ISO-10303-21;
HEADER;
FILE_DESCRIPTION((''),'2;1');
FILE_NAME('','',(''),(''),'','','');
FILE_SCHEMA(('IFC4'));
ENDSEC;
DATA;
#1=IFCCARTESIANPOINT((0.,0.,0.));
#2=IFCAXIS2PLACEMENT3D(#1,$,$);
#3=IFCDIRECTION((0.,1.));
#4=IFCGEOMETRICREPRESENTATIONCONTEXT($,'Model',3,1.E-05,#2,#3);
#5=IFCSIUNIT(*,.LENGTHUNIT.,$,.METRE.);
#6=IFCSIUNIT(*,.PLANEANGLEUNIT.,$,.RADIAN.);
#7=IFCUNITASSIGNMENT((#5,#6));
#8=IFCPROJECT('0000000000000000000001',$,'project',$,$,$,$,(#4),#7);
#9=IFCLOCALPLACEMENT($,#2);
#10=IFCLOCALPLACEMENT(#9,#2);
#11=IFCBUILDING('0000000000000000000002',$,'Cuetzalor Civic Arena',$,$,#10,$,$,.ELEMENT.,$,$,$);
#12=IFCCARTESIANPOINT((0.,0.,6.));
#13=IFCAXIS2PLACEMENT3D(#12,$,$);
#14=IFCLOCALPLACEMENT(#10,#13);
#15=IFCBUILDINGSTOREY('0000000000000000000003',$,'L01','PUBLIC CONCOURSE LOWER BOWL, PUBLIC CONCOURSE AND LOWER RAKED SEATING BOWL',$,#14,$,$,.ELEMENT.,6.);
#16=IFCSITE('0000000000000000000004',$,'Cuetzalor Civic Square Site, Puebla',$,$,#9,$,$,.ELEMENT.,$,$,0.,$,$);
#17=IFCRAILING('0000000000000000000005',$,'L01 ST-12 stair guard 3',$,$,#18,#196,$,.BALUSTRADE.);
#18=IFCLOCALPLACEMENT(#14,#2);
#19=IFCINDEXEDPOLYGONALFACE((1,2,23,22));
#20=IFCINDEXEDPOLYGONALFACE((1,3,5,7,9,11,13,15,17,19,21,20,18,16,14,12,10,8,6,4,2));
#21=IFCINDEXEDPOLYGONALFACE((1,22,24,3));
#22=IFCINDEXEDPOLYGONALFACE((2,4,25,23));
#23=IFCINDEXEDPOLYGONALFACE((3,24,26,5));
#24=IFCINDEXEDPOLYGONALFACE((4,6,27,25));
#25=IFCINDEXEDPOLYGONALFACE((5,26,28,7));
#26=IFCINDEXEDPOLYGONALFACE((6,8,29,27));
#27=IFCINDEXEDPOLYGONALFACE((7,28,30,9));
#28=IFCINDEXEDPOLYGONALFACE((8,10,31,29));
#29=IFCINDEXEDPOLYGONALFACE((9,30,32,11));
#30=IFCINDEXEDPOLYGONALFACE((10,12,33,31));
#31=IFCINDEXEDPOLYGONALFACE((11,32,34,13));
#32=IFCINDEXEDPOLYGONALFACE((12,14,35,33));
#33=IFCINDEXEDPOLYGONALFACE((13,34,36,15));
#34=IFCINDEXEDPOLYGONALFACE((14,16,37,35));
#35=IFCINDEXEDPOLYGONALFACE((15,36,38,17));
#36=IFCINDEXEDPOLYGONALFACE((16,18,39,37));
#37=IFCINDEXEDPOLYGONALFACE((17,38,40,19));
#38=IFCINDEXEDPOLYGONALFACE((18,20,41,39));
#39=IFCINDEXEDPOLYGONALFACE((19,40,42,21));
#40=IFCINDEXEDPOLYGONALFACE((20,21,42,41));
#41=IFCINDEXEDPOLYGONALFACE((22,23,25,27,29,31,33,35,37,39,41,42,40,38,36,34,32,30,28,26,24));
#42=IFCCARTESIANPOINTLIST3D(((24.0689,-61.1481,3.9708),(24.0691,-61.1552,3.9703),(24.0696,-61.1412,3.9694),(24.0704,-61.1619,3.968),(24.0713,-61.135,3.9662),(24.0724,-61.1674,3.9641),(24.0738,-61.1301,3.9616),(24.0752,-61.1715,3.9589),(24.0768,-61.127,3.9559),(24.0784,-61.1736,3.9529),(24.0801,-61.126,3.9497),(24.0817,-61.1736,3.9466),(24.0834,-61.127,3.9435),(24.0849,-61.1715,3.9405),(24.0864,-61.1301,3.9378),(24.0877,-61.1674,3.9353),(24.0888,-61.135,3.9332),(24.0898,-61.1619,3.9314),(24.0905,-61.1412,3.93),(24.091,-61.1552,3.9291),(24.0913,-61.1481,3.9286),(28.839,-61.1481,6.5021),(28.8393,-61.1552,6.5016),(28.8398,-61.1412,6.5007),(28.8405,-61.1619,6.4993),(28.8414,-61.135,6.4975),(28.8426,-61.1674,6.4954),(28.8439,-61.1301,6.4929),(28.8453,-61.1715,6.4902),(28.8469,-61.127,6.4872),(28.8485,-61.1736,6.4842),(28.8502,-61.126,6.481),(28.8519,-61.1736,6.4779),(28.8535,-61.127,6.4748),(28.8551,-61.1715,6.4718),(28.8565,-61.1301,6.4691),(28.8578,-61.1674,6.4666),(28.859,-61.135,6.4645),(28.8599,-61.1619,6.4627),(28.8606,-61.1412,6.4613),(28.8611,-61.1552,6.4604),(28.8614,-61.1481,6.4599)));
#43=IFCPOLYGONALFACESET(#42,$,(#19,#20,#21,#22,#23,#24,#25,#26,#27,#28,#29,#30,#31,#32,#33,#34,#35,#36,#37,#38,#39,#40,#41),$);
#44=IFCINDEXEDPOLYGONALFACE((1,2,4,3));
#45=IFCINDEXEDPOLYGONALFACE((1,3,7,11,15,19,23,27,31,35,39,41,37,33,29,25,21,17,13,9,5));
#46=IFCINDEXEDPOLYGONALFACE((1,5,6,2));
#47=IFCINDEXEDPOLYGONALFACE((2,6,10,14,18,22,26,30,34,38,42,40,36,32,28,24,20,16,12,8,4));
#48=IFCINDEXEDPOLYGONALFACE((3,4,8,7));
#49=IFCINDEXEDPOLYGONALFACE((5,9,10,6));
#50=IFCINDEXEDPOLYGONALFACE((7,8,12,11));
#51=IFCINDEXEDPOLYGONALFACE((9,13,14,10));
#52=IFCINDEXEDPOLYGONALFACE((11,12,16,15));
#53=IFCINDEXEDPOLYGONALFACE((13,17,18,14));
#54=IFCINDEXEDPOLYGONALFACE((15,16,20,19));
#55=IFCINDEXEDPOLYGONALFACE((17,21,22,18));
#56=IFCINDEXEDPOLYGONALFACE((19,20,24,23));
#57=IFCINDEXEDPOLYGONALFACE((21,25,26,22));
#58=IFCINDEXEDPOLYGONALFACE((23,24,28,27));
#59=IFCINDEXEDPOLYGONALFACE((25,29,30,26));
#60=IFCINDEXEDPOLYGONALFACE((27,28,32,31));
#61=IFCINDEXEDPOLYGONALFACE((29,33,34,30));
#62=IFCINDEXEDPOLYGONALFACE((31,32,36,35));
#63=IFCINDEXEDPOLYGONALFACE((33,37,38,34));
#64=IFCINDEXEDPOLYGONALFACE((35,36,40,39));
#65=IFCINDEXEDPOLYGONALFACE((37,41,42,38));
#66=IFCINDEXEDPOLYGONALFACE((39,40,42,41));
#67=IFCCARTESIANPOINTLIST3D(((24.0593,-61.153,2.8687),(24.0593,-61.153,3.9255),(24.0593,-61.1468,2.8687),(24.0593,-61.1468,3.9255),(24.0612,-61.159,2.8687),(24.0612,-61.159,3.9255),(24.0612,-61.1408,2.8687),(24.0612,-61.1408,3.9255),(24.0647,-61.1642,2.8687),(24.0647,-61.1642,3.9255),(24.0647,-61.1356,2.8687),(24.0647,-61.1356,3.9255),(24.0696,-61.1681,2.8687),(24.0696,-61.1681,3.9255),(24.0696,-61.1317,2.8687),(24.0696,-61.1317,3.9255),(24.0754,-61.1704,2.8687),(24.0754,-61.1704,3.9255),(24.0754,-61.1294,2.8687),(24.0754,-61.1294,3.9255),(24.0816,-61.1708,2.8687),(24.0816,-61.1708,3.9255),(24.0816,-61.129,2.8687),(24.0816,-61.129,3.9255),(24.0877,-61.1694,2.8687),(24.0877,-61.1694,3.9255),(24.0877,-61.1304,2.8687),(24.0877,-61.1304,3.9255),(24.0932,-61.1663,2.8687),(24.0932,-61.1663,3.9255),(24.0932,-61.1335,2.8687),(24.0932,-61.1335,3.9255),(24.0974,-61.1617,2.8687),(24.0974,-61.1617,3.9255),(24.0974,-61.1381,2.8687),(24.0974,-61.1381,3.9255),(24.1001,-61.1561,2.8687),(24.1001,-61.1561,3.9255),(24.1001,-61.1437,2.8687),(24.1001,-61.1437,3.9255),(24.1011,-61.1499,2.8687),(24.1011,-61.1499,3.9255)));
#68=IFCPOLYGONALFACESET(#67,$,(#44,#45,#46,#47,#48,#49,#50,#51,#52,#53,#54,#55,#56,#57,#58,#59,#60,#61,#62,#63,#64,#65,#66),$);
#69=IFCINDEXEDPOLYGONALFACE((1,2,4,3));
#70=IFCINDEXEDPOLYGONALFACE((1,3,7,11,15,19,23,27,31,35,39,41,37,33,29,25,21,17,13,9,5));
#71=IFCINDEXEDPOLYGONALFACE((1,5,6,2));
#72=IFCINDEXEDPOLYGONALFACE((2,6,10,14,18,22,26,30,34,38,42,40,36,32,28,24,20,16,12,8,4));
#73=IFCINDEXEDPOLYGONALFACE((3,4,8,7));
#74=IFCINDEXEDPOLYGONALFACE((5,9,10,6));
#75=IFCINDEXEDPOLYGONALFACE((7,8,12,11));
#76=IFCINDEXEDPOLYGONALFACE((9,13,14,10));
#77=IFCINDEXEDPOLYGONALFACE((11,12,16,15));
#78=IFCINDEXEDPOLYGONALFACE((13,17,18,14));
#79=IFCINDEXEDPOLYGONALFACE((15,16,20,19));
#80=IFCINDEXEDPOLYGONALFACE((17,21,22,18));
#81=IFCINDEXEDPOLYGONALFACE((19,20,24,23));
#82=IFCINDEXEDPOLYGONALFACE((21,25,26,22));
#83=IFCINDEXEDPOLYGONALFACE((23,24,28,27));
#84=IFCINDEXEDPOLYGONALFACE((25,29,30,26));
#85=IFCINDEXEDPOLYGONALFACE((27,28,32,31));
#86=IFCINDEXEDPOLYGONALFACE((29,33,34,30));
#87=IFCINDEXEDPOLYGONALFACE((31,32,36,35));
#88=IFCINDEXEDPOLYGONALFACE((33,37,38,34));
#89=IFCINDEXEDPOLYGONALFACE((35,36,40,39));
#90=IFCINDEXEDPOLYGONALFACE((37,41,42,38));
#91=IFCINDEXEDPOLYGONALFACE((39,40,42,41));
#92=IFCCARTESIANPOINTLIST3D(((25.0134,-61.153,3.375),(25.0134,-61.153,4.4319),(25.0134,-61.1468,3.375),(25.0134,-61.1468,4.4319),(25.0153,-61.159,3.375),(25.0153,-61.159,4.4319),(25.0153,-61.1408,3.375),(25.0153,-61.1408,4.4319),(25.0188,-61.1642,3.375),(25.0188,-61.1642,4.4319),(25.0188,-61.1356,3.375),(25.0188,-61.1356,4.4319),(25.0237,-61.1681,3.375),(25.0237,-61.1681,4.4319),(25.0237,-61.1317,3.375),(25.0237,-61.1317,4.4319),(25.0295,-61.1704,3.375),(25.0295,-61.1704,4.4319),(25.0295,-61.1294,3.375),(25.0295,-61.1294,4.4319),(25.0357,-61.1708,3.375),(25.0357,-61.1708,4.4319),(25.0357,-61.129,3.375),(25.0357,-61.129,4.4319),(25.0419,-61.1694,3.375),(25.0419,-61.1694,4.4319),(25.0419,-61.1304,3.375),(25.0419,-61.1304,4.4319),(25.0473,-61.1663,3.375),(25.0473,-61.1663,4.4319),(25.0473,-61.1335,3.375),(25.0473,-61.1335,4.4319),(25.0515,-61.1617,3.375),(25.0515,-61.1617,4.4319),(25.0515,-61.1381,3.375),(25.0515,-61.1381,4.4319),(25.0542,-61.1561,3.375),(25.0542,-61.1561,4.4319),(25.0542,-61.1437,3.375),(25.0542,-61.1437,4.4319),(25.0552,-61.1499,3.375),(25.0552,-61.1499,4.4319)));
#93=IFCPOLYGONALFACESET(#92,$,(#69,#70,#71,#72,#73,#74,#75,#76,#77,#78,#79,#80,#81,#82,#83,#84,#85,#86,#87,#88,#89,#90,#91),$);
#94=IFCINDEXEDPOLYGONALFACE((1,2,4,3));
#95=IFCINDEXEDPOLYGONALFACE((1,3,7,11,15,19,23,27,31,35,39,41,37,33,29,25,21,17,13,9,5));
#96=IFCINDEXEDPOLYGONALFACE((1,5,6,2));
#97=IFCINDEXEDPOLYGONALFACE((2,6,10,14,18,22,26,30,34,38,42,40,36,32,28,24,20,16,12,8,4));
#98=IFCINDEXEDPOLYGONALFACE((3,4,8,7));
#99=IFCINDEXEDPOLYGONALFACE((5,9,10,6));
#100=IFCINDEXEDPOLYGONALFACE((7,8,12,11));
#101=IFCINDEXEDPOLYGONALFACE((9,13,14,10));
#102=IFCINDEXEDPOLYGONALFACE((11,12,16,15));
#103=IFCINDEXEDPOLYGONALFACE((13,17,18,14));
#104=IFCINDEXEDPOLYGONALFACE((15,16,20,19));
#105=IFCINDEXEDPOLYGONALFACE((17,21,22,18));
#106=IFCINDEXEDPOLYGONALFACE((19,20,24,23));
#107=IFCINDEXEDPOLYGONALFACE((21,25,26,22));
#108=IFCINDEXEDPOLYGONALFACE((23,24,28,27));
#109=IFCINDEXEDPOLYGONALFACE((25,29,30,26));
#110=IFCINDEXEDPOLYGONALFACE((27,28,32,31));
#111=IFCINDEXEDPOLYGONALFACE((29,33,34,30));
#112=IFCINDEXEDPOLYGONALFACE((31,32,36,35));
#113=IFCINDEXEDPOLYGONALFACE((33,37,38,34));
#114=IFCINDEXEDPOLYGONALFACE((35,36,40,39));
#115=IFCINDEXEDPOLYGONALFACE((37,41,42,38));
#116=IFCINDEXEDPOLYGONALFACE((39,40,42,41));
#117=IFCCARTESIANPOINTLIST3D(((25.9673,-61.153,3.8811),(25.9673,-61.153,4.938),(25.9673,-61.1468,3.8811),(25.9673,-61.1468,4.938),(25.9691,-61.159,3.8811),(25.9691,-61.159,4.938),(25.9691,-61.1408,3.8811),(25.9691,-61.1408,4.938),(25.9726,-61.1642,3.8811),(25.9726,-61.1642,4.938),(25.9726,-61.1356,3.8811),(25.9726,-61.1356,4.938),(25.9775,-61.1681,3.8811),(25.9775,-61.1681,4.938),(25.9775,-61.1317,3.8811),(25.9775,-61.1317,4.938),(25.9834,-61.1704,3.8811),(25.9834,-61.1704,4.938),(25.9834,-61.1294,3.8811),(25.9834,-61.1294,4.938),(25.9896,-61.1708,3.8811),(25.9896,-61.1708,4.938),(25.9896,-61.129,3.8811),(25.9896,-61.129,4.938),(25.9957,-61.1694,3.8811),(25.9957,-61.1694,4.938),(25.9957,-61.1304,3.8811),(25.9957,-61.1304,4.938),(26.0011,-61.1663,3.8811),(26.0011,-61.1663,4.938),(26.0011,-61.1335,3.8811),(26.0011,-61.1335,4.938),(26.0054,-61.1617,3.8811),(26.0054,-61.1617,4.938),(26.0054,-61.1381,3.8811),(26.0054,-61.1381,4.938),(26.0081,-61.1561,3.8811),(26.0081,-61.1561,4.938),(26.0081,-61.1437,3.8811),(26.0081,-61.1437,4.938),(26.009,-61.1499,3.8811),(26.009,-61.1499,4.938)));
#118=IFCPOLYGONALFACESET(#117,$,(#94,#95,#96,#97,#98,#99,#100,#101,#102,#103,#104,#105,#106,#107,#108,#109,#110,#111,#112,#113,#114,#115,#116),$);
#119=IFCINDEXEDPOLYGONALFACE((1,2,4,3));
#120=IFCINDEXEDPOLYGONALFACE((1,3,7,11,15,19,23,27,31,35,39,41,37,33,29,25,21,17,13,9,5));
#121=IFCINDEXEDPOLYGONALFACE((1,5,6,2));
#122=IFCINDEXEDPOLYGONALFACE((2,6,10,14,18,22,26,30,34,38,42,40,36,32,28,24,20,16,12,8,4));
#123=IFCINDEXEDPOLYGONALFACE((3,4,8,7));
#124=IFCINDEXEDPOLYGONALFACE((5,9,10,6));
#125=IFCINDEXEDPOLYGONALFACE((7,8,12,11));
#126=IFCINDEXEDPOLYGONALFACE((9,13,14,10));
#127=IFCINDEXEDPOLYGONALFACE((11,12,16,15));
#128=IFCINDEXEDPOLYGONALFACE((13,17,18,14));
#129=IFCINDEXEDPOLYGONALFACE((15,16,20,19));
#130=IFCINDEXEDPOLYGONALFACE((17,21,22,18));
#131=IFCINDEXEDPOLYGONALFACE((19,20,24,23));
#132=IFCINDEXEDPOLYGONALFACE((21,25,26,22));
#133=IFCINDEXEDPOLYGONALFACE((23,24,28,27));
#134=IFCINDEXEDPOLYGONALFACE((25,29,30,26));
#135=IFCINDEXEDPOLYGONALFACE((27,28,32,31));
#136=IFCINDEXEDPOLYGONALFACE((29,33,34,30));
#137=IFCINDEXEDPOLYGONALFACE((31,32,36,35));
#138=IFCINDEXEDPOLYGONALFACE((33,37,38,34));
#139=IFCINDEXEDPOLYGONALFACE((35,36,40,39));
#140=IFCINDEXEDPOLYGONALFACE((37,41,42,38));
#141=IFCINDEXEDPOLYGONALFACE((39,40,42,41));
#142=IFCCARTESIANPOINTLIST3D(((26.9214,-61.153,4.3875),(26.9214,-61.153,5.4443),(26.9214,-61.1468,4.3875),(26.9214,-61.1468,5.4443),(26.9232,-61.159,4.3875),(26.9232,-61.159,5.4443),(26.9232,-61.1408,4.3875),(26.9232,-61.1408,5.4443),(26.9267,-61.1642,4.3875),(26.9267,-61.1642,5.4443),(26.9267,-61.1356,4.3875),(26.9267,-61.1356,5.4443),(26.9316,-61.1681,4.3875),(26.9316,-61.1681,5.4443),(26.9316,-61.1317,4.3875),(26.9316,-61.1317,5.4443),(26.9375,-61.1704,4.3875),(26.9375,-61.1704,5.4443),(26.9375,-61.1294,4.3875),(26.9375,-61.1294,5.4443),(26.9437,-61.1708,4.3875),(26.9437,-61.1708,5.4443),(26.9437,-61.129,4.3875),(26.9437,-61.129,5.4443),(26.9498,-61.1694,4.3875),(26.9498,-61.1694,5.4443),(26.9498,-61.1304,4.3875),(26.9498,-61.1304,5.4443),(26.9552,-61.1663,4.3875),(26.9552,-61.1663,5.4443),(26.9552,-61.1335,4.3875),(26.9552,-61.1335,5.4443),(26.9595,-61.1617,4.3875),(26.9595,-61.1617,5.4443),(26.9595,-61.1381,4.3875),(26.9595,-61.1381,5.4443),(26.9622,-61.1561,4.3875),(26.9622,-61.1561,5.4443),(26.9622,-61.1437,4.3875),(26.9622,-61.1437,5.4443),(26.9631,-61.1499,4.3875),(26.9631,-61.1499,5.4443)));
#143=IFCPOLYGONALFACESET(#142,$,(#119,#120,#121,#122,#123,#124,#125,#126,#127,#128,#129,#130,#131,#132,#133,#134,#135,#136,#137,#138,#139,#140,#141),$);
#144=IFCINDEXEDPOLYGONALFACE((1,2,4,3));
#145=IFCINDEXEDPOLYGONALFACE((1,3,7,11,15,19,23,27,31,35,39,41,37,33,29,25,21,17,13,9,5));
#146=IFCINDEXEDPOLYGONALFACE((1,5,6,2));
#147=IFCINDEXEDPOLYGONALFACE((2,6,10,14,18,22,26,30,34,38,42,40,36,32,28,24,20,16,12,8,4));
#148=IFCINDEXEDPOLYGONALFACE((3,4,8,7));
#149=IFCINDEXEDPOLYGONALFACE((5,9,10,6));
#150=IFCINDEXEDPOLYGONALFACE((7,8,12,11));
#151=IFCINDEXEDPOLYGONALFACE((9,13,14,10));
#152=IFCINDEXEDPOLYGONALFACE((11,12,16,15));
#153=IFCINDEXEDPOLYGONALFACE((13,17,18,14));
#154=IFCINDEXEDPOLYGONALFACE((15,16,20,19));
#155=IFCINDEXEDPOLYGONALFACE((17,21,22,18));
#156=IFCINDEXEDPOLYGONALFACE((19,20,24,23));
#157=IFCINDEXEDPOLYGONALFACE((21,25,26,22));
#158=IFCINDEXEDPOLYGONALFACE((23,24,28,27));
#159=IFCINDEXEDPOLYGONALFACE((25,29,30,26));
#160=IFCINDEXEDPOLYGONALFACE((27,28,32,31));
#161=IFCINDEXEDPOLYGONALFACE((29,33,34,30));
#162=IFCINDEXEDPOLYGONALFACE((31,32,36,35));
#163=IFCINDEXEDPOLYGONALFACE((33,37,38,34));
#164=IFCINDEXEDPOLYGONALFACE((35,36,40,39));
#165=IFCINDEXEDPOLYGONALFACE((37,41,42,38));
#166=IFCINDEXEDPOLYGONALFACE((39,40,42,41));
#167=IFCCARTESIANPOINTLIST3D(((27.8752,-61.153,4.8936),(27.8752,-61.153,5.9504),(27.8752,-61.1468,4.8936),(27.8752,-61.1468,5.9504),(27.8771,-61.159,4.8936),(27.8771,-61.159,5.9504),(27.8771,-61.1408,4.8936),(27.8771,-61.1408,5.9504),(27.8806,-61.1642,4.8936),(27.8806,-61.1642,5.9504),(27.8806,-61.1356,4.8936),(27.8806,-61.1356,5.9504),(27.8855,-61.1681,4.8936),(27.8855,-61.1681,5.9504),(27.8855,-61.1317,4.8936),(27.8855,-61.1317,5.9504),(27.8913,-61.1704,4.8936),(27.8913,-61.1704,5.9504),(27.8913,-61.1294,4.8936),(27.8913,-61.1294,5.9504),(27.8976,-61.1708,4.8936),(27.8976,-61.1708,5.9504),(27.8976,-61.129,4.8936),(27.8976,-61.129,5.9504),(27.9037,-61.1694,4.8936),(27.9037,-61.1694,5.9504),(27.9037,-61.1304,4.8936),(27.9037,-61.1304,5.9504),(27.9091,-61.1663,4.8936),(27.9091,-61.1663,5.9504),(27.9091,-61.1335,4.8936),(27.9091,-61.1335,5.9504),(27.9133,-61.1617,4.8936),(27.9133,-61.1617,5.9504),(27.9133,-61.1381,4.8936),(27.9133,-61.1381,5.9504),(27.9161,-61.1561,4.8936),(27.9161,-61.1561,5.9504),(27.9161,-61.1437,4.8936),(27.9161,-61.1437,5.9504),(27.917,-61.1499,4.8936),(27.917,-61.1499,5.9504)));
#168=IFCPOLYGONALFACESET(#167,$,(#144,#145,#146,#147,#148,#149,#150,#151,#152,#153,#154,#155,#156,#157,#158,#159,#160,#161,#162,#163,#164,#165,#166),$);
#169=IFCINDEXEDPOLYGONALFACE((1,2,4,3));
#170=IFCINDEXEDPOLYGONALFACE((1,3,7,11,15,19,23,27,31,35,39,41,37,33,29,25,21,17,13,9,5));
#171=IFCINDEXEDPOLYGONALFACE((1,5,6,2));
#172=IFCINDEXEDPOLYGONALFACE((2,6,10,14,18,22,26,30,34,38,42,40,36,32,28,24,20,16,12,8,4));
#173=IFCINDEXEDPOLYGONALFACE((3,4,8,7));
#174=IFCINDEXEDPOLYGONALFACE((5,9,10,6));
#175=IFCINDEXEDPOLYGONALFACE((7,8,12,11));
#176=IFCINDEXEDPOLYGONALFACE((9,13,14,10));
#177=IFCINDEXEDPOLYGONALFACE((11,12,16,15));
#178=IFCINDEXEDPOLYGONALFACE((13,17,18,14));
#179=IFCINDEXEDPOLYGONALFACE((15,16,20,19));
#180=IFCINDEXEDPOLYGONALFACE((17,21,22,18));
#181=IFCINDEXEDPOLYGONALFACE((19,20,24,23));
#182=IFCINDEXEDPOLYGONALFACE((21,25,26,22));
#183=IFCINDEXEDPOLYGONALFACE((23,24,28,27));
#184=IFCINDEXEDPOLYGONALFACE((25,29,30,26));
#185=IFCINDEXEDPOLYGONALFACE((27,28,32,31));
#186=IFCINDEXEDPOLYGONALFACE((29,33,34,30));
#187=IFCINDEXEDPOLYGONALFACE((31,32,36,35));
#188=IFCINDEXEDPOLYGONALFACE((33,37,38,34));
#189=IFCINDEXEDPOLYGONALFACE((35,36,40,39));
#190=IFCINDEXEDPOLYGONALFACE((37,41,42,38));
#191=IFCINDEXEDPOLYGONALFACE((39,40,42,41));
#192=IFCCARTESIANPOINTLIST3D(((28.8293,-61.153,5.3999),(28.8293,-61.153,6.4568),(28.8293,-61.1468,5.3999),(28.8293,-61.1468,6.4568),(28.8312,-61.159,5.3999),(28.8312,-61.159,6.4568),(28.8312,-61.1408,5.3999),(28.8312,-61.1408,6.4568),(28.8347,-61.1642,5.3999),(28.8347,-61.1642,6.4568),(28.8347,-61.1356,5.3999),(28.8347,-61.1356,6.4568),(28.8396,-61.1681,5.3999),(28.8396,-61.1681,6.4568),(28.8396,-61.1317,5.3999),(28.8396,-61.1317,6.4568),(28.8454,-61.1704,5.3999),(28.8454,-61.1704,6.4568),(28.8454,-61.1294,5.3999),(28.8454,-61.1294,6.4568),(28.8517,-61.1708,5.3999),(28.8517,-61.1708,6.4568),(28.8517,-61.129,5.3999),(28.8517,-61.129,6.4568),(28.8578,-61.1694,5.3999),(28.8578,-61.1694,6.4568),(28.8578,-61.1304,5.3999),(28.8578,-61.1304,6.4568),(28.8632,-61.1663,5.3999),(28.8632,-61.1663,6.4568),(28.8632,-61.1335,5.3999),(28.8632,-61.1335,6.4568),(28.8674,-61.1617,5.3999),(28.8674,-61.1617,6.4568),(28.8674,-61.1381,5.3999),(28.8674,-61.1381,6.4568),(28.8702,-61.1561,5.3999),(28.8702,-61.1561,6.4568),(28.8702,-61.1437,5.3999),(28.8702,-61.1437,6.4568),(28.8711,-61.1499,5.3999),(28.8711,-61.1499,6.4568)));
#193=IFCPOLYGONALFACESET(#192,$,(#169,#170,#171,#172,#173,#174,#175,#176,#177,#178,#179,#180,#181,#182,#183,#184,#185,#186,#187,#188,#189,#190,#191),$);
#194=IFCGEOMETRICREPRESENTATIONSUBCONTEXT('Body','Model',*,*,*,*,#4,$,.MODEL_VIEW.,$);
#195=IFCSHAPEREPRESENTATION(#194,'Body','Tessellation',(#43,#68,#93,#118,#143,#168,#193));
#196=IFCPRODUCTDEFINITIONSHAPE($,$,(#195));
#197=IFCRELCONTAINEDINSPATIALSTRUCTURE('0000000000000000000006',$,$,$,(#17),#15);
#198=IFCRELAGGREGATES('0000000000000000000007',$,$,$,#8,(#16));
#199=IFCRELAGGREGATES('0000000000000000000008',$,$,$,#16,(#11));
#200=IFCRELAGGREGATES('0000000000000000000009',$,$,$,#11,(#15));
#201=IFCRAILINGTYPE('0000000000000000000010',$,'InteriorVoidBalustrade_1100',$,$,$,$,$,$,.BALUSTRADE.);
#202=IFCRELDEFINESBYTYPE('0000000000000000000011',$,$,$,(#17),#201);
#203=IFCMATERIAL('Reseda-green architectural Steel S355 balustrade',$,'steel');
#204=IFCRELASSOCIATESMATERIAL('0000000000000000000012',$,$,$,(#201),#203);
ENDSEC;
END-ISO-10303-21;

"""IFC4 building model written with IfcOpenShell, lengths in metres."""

from ifc_helpers import new_model, si_unit, direction, frame, origin, origin_2d, place, context, subcontext, project, spatial, circle, extrude, material, type_object, element, save


model = new_model("IFC4")

# Units and contexts
model_context = context("Model", 3, precision=1e-05, world=origin(), true_north=direction((0.0, 1.0)))
body_context = subcontext(model_context, "Body", "Model", "MODEL_VIEW")
ifc_project = project(units=[si_unit("LENGTHUNIT", "METRE"), si_unit("PLANEANGLEUNIT", "RADIAN")], contexts=[model_context])

# Site, building, storey
site_placement = place(None, origin())
site = spatial("IfcSite", under=ifc_project, at=site_placement, Name="Cuetzalor Civic Square Site, Puebla", CompositionType="ELEMENT", RefElevation=0.0)
building_placement = place(site_placement, origin())
building = spatial("IfcBuilding", under=site, at=building_placement, Name="Cuetzalor Civic Arena", CompositionType="ELEMENT")
storey_placement = place(building_placement, frame((0.0, 0.0, 6.0)))
storey = spatial("IfcBuildingStorey", under=building, at=storey_placement, Name="L01", Description="PUBLIC CONCOURSE LOWER BOWL, PUBLIC CONCOURSE AND LOWER RAKED SEATING BOWL", CompositionType="ELEMENT", Elevation=6.0)

# Railing
ifc_material_1 = material(Name="Reseda-green architectural Steel S355 balustrade", Category="steel")
railing_type_1 = type_object("IfcRailingType", Name="InteriorVoidBalustrade_1100", PredefinedType="BALUSTRADE", material=ifc_material_1)
railing_1_placement = place(storey_placement, frame((24.0801, -61.1499, 2.8687)))
element("IfcRailing", 1, at=railing_1_placement, inside=storey, type_object=railing_type_1, Name="L01 ST-12 stair guard 3", PredefinedType="BALUSTRADE", context=body_context, shape_type="SweptSolid", body=[
    extrude(circle(Radius=0.0239, at=origin_2d()), frame((0.0, 0.0, 1.0811), z_axis=(0.883332, 0.0, 0.468747), x_axis=(0.0, 1.0, 0.0)), (0.0, 0.0, 1.0), 5.4001),
    extrude(circle(Radius=0.021, at=origin_2d()), origin(), (0.0, 0.0, 1.0), 1.0569),
    extrude(circle(Radius=0.021, at=origin_2d()), frame((0.9541, 0.0, 0.5063)), (0.0, 0.0, 1.0), 1.0569),
    extrude(circle(Radius=0.021, at=origin_2d()), frame((1.908, 0.0, 1.0125)), (0.0, 0.0, 1.0), 1.0569),
    extrude(circle(Radius=0.021, at=origin_2d()), frame((2.8621, 0.0, 1.5188)), (0.0, 0.0, 1.0), 1.0569),
    extrude(circle(Radius=0.021, at=origin_2d()), frame((3.8159, 0.0, 2.0249)), (0.0, 0.0, 1.0), 1.0569),
    extrude(circle(Radius=0.021, at=origin_2d()), frame((4.77, 0.0, 2.5312)), (0.0, 0.0, 1.0), 1.0569),
])

save(model, "model.ifc")
